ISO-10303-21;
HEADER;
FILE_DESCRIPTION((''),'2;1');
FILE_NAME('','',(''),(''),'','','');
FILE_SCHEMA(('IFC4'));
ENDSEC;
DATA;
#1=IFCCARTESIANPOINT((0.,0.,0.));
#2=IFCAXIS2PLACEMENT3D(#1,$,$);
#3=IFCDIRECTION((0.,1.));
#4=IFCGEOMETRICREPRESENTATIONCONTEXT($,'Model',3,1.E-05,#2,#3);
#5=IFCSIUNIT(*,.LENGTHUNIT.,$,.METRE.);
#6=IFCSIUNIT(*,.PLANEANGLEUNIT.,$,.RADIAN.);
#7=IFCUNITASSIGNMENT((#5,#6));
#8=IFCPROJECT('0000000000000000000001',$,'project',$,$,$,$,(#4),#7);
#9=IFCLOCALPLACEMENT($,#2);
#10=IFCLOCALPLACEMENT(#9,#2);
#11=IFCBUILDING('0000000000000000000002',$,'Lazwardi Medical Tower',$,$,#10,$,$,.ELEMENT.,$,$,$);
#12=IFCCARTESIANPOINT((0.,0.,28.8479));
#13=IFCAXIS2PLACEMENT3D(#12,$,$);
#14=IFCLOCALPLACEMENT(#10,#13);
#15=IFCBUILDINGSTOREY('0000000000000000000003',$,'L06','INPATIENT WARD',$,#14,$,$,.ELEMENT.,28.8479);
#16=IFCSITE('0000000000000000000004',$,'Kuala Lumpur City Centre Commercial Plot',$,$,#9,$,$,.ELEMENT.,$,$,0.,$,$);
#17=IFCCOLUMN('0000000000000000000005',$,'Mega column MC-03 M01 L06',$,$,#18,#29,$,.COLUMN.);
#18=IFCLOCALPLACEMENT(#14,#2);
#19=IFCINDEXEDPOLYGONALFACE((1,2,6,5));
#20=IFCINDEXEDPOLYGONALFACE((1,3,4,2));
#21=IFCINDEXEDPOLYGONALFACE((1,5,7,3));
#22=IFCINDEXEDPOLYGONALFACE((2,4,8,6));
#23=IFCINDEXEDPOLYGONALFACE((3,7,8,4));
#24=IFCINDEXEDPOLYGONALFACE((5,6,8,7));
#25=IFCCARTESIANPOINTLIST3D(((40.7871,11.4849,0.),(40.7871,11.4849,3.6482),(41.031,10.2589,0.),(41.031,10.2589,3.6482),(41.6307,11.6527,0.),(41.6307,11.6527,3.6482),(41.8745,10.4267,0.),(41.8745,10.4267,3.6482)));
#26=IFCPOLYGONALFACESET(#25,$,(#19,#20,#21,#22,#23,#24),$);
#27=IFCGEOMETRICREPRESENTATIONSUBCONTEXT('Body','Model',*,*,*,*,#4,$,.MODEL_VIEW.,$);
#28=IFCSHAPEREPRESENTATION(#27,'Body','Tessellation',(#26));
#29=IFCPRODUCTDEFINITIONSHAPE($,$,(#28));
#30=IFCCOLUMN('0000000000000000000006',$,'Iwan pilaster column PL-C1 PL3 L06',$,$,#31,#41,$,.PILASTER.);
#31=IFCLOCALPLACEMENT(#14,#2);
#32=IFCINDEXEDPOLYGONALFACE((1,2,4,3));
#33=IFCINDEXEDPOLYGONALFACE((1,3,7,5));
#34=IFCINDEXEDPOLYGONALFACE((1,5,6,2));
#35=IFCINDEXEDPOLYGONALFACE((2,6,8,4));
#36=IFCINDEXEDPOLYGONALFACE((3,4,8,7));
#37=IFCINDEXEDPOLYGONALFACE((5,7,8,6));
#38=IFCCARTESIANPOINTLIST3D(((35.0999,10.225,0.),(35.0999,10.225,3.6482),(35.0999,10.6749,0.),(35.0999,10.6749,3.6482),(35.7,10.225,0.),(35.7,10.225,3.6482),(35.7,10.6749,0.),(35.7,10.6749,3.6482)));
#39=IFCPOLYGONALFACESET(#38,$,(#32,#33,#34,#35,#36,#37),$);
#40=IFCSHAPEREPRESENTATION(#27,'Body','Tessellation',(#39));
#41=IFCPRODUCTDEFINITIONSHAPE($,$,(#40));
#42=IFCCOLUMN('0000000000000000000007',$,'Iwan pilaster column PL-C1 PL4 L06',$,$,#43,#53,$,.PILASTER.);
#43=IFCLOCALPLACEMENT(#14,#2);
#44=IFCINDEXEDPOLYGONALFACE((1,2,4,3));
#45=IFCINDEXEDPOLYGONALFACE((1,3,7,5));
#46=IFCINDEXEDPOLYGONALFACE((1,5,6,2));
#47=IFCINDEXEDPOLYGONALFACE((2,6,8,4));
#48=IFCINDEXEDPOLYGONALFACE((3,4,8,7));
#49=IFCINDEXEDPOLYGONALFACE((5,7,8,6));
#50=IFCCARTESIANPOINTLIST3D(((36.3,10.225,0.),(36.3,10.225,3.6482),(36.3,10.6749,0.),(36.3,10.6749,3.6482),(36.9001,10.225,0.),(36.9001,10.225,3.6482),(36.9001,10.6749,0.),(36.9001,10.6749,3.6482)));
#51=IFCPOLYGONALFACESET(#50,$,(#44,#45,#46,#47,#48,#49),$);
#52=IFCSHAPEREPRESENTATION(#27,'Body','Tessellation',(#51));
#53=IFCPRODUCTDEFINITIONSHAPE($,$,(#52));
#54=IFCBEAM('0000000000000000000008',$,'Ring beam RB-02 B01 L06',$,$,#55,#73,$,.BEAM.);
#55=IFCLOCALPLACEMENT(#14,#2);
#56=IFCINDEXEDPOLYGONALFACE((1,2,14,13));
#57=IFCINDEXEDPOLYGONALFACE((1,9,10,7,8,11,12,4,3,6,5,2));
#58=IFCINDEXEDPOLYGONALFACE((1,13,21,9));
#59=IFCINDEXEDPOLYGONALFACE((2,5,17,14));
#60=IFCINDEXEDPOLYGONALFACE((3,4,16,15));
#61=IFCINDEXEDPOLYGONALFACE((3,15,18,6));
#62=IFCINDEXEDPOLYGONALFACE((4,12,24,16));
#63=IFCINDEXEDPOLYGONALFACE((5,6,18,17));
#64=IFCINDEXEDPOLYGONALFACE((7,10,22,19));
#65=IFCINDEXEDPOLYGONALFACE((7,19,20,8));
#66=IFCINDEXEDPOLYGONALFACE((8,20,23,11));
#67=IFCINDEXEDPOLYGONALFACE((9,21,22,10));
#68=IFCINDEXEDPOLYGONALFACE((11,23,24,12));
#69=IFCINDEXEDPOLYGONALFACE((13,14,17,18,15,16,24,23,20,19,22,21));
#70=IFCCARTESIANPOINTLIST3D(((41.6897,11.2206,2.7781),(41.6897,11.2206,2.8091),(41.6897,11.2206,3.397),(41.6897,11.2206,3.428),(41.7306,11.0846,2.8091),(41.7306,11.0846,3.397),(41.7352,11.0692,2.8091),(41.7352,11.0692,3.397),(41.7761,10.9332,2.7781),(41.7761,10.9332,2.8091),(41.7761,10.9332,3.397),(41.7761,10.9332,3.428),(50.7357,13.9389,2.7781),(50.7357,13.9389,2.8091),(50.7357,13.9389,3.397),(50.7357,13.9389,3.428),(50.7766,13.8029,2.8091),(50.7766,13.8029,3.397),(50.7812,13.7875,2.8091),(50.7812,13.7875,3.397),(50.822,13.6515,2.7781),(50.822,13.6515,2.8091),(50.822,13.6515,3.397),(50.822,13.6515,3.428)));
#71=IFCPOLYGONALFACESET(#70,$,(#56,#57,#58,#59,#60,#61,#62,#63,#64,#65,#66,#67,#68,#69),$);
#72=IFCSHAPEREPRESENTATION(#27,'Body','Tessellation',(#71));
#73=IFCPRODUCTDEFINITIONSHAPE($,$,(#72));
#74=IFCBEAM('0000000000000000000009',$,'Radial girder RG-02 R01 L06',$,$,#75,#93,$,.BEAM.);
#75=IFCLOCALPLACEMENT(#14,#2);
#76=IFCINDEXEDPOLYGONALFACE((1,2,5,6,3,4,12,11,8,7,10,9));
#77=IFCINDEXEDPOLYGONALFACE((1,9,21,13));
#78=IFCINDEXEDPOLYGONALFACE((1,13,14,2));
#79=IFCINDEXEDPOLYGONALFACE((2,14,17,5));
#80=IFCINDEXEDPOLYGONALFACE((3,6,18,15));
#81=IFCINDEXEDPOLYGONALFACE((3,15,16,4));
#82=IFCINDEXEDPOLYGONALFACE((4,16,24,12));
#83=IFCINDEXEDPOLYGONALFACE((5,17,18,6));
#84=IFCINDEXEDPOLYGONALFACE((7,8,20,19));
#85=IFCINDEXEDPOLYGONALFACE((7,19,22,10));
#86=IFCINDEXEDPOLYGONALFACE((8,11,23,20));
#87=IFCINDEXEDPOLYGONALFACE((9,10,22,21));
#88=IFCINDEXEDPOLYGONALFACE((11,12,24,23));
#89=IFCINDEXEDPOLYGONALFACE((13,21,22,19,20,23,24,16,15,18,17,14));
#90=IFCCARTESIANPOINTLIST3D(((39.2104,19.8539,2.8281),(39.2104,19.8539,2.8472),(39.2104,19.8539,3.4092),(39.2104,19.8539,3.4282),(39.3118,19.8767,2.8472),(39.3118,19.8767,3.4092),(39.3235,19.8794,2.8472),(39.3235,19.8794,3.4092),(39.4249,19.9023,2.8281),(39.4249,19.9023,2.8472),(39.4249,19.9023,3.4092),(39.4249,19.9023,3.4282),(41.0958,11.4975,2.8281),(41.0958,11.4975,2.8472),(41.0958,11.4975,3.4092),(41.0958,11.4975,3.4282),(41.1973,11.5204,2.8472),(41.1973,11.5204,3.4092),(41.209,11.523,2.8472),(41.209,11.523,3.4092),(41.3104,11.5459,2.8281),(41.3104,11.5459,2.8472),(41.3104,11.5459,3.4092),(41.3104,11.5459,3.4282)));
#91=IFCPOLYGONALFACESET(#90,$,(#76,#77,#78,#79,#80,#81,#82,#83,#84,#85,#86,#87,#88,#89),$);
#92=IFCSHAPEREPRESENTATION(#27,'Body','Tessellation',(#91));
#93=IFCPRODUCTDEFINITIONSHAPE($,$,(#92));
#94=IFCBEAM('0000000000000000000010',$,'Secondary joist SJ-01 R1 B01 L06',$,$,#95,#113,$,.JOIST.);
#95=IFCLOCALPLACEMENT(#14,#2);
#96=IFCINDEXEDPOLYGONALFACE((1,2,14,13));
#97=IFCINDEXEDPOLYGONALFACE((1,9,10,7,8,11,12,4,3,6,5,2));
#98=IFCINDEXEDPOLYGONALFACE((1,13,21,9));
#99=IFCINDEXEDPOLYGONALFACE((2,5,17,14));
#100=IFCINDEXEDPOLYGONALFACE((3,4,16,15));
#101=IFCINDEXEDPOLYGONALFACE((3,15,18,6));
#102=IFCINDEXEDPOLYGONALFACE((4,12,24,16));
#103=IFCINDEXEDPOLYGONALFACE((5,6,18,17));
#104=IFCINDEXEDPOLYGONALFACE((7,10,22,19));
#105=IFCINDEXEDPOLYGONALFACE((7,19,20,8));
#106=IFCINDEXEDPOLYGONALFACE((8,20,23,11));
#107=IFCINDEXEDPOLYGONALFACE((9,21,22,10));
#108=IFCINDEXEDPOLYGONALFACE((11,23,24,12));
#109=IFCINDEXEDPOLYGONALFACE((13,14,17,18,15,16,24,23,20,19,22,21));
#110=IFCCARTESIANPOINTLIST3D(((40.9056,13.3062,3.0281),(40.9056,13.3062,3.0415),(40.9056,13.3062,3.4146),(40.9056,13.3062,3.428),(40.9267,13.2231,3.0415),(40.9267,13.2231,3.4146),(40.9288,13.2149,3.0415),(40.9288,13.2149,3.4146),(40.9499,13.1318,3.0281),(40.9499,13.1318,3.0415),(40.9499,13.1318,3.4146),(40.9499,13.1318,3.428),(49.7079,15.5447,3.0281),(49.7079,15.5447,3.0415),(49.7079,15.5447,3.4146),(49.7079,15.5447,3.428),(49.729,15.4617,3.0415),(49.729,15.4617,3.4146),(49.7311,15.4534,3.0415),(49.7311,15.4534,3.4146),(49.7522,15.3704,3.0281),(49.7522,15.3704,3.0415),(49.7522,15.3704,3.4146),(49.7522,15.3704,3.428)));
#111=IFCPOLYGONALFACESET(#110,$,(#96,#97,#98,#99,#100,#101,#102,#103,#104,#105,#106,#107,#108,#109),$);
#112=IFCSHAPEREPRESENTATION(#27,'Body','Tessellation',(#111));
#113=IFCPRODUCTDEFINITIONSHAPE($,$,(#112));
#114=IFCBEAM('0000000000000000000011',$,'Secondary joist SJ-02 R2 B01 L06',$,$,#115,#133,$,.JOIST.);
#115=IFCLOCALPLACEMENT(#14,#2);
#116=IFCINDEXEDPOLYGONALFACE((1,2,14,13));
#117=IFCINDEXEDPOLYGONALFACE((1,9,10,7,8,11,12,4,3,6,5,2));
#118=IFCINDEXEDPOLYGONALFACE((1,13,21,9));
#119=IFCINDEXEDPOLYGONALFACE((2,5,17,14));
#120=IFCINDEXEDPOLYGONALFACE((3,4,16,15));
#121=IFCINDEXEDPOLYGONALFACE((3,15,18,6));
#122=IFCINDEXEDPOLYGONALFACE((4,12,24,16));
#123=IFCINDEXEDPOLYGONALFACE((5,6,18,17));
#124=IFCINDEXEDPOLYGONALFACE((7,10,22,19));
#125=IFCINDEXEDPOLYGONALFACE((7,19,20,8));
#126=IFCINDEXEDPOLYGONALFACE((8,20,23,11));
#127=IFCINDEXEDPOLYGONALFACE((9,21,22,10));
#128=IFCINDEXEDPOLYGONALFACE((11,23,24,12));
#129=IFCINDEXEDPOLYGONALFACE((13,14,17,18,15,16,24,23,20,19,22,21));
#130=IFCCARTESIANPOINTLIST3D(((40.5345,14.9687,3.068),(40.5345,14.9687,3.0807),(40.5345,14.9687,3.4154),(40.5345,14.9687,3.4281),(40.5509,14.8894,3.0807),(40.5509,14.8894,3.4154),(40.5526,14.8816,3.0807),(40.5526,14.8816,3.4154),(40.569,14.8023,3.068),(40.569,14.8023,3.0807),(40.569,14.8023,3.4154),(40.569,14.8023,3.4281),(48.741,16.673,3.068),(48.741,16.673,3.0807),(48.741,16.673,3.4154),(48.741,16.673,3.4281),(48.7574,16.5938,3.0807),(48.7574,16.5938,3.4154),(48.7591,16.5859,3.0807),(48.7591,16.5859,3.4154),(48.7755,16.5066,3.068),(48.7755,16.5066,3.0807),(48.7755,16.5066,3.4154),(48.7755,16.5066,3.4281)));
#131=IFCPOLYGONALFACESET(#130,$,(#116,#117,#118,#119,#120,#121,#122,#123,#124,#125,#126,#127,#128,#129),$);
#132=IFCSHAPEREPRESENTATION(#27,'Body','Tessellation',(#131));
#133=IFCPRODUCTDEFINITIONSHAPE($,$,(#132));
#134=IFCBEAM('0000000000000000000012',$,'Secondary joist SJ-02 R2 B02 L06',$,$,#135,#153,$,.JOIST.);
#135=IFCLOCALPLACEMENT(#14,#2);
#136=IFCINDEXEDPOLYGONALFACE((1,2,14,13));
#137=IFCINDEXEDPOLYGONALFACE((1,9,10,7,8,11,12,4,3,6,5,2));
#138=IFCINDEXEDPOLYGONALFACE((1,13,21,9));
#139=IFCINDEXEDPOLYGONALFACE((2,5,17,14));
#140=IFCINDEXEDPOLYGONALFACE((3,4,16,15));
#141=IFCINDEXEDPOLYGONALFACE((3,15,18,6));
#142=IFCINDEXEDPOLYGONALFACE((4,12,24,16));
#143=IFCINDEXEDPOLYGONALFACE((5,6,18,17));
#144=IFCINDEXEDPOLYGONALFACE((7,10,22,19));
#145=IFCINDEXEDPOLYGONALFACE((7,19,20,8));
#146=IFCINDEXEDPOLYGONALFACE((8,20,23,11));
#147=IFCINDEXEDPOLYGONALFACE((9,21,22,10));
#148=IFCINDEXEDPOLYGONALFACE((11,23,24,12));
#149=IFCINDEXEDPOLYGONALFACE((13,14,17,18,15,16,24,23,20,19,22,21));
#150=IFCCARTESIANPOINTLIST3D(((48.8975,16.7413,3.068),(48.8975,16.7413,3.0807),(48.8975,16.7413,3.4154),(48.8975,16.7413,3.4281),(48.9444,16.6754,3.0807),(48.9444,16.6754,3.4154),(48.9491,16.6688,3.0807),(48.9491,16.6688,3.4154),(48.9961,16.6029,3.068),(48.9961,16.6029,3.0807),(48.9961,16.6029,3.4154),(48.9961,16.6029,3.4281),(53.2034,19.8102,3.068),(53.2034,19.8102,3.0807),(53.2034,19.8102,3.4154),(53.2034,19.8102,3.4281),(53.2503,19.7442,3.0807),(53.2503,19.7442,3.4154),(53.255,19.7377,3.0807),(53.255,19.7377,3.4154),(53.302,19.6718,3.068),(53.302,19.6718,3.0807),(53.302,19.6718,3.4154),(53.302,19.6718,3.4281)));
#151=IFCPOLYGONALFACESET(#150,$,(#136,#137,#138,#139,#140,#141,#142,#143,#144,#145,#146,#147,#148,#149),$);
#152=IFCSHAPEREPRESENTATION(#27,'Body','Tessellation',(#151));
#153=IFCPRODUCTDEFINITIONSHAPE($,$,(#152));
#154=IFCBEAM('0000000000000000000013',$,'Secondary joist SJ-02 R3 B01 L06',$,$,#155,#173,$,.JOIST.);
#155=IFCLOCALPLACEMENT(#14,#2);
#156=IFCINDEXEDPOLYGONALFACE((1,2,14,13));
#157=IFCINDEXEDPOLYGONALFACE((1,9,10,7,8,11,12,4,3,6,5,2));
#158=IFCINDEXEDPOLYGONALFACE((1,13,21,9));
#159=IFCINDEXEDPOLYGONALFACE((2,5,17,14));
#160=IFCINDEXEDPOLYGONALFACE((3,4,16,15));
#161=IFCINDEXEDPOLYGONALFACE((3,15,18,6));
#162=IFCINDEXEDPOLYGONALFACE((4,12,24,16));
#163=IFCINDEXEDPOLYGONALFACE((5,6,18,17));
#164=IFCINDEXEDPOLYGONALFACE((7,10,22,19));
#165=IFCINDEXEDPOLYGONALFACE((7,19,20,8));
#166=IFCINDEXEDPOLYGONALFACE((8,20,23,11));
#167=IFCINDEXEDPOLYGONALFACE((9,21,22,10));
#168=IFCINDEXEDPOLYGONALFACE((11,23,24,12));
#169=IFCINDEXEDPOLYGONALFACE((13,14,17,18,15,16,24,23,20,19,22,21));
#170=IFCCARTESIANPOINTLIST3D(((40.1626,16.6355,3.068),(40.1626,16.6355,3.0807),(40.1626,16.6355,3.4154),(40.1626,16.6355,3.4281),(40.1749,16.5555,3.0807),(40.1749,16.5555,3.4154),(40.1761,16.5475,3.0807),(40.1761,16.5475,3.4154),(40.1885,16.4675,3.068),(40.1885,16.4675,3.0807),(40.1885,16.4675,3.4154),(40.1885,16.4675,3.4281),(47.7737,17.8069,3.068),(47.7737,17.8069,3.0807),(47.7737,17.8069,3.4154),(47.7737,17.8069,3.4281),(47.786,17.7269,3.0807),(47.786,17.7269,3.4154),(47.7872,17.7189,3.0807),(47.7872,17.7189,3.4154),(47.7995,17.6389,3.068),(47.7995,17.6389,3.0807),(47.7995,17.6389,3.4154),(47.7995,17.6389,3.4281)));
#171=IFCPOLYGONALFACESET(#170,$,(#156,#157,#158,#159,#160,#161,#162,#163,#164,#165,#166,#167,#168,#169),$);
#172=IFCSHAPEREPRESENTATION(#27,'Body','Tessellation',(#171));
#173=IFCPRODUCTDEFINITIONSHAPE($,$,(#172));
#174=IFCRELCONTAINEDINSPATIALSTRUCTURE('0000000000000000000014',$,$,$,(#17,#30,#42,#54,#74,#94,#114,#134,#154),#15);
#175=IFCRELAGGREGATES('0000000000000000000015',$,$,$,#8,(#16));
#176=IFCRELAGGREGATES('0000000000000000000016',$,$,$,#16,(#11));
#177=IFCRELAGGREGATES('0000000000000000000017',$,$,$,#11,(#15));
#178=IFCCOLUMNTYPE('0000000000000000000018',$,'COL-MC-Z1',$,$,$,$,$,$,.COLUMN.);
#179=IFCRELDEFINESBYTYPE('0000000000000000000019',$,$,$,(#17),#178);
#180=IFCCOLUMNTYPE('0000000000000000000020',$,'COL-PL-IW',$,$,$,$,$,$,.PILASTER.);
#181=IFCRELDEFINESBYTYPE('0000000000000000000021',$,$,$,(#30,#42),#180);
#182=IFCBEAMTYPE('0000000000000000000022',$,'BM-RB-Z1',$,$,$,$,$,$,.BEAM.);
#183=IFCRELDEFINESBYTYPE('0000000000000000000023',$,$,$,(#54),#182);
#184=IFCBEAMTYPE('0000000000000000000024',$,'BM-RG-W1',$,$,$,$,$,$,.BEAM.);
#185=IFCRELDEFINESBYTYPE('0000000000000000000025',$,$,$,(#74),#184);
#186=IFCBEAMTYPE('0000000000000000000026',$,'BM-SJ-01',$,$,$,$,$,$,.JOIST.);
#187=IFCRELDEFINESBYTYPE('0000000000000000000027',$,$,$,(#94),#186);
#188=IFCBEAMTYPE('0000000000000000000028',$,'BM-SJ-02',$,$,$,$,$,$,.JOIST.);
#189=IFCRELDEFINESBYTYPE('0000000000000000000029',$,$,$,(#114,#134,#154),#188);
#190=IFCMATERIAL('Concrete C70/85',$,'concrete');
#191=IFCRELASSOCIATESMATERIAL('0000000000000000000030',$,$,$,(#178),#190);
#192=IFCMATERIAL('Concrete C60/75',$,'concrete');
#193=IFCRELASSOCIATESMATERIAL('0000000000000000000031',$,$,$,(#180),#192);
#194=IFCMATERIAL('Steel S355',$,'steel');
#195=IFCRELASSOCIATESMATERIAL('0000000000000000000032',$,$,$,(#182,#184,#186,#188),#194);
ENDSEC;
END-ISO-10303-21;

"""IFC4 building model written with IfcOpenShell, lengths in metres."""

from ifc_helpers import new_model, si_unit, direction, frame, origin, origin_2d, place, context, subcontext, project, spatial, rectangle, i_section, extrude, material, material_profile, profile_set, type_object, element, save


model = new_model("IFC4")

# Units and contexts
model_context = context("Model", 3, precision=1e-05, world=origin(), true_north=direction((0.0, 1.0)))
body_context = subcontext(model_context, "Body", "Model", "MODEL_VIEW")
ifc_project = project(units=[si_unit("LENGTHUNIT", "METRE"), si_unit("PLANEANGLEUNIT", "RADIAN")], contexts=[model_context])

# Site, building, storey
site_placement = place(None, origin())
site = spatial("IfcSite", under=ifc_project, at=site_placement, Name="Kuala Lumpur City Centre Commercial Plot", CompositionType="ELEMENT", RefElevation=0.0)
building_placement = place(site_placement, origin())
building = spatial("IfcBuilding", under=site, at=building_placement, Name="Lazwardi Medical Tower", CompositionType="ELEMENT")
storey_placement = place(building_placement, frame((0.0, 0.0, 28.8479)))
storey = spatial("IfcBuildingStorey", under=building, at=storey_placement, Name="L06", Description="INPATIENT WARD", CompositionType="ELEMENT", Elevation=28.8479)

# Columns
ifc_material_1 = material(Name="Concrete C70/85", Category="concrete")
ifc_material_profile_1 = material_profile(ifc_material_1, rectangle(XDim=1.25, YDim=0.8601, at=origin_2d()), Name="CFT-RECT 1250x860")
ifc_profile_set_1 = profile_set([ifc_material_profile_1], Name="Concrete C70/85")
column_type_1 = type_object("IfcColumnType", Name="COL-MC-Z1", PredefinedType="COLUMN", material=ifc_profile_set_1)
column_placement = place(storey_placement, frame((41.3308, 10.9558, 0.0), z_axis=(0.0, 0.0, 1.0), x_axis=(0.19509, -0.980785, 0.0)))
element("IfcColumn", 1, at=column_placement, inside=storey, type_object=column_type_1, Name="Mega column MC-03 M01 L06", PredefinedType="COLUMN", context=body_context, shape_type="SweptSolid", body=[
    extrude(rectangle(XDim=1.25, YDim=0.8601, at=origin_2d()), origin(), (0.0, 0.0, 1.0), 3.6482),
])
ifc_material_2 = material(Name="Concrete C60/75", Category="concrete")
ifc_material_profile_2 = material_profile(ifc_material_2, rectangle(XDim=0.6001, YDim=0.45, at=origin_2d()), Name="RC 600x450")
ifc_profile_set_2 = profile_set([ifc_material_profile_2], Name="Concrete C60/75")
column_type_2 = type_object("IfcColumnType", Name="COL-PL-IW", PredefinedType="PILASTER", material=ifc_profile_set_2)
for number, where, z_axis, x_axis, name in (
    (2, (35.3999, 10.45, 0.0), (0.0, 0.0, 1.0), (1.0, 0.0, 0.0), "Iwan pilaster column PL-C1 PL3 L06"),
    (3, (36.6001, 10.45, 0.0), (0.0, 0.0, 1.0), (1.0, 0.0, 0.0), "Iwan pilaster column PL-C1 PL4 L06"),
):
    element("IfcColumn", number, at=place(storey_placement, frame(where, z_axis=z_axis, x_axis=x_axis)), inside=storey, type_object=column_type_2, Name=name, PredefinedType="PILASTER", context=body_context, shape_type="SweptSolid", body=[
        extrude(rectangle(XDim=0.6001, YDim=0.45, at=origin_2d()), origin(), (0.0, 0.0, 1.0), 3.6482),
    ])

# Beams
ifc_material_3 = material(Name="Steel S355", Category="steel")
ifc_material_profile_3 = material_profile(ifc_material_3, i_section(OverallWidth=0.3, OverallDepth=0.6499, WebThickness=0.0161, FlangeThickness=0.031, at=origin_2d()), Name="HEB 650")
ifc_profile_set_3 = profile_set([ifc_material_profile_3], Name="Steel S355")
beam_type_1 = type_object("IfcBeamType", Name="BM-RB-Z1", PredefinedType="BEAM", material=ifc_profile_set_3)
beam_1_placement = place(storey_placement, frame((41.7329, 11.0769, 3.103), z_axis=(0.957695, 0.287784, 0.0), x_axis=(-0.287784, 0.957695, 0.0)))
element("IfcBeam", 4, at=beam_1_placement, inside=storey, type_object=beam_type_1, Name="Ring beam RB-02 B01 L06", PredefinedType="BEAM", context=body_context, shape_type="SweptSolid", body=[
    extrude(i_section(OverallWidth=0.3, OverallDepth=0.6499, WebThickness=0.0161, FlangeThickness=0.031, at=origin_2d()), origin(), (0.0, 0.0, 1.0), 9.4456),
])
ifc_material_profile_4 = material_profile(ifc_material_3, i_section(OverallWidth=0.22, OverallDepth=0.6001, WebThickness=0.012, FlangeThickness=0.019, at=origin_2d()), Name="IPE 600")
ifc_profile_set_4 = profile_set([ifc_material_profile_4], Name="Steel S355")
beam_type_2 = type_object("IfcBeamType", Name="BM-RG-W1", PredefinedType="BEAM", material=ifc_profile_set_4)
beam_2_placement = place(storey_placement, frame((41.2031, 11.5217, 3.1282), z_axis=(-0.220101, 0.975477, 0.0), x_axis=(-0.975477, -0.220101, 0.0)))
element("IfcBeam", 5, at=beam_2_placement, inside=storey, type_object=beam_type_2, Name="Radial girder RG-02 R01 L06", PredefinedType="BEAM", context=body_context, shape_type="SweptSolid", body=[
    extrude(i_section(OverallWidth=0.22, OverallDepth=0.6001, WebThickness=0.012, FlangeThickness=0.019, at=origin_2d()), origin(), (0.0, 0.0, 1.0), 8.5664),
])
ifc_material_profile_5 = material_profile(ifc_material_3, i_section(OverallWidth=0.1799, OverallDepth=0.3999, WebThickness=0.0085, FlangeThickness=0.0134, at=origin_2d()), Name="IPE 400")
ifc_profile_set_5 = profile_set([ifc_material_profile_5], Name="Steel S355")
beam_type_3 = type_object("IfcBeamType", Name="BM-SJ-01", PredefinedType="JOIST", material=ifc_profile_set_5)
beam_3_placement = place(storey_placement, frame((40.9277, 13.219, 3.228), z_axis=(0.969151, 0.246468, 0.0), x_axis=(-0.246468, 0.969151, 0.0)))
element("IfcBeam", 6, at=beam_3_placement, inside=storey, type_object=beam_type_3, Name="Secondary joist SJ-01 R1 B01 L06", PredefinedType="JOIST", context=body_context, shape_type="SweptSolid", body=[
    extrude(i_section(OverallWidth=0.1799, OverallDepth=0.3999, WebThickness=0.0085, FlangeThickness=0.0134, at=origin_2d()), origin(), (0.0, 0.0, 1.0), 9.0825),
])
ifc_material_profile_6 = material_profile(ifc_material_3, i_section(OverallWidth=0.1699, OverallDepth=0.3601, WebThickness=0.0081, FlangeThickness=0.0127, at=origin_2d()), Name="IPE 360")
ifc_profile_set_6 = profile_set([ifc_material_profile_6], Name="Steel S355")
beam_type_4 = type_object("IfcBeamType", Name="BM-SJ-02", PredefinedType="JOIST", material=ifc_profile_set_6)
beam_4_placement = place(storey_placement, frame((40.5518, 14.8855, 3.248), z_axis=(0.979108, 0.203342, 0.0), x_axis=(-0.203342, 0.979108, 0.0)))
element("IfcBeam", 7, at=beam_4_placement, inside=storey, type_object=beam_type_4, Name="Secondary joist SJ-02 R2 B01 L06", PredefinedType="JOIST", context=body_context, shape_type="SweptSolid", body=[
    extrude(i_section(OverallWidth=0.1699, OverallDepth=0.3601, WebThickness=0.0081, FlangeThickness=0.0127, at=origin_2d()), origin(), (0.0, 0.0, 1.0), 8.3816),
])
beam_5_placement = place(storey_placement, frame((48.9468, 16.6721, 3.248), z_axis=(0.814341, 0.580386, 0.0), x_axis=(-0.580386, 0.814341, 0.0)))
element("IfcBeam", 8, at=beam_5_placement, inside=storey, type_object=beam_type_4, Name="Secondary joist SJ-02 R2 B02 L06", PredefinedType="JOIST", context=body_context, shape_type="SweptSolid", body=[
    extrude(i_section(OverallWidth=0.1699, OverallDepth=0.3601, WebThickness=0.0081, FlangeThickness=0.0127, at=origin_2d()), origin(), (0.0, 0.0, 1.0), 5.2876),
])
beam_6_placement = place(storey_placement, frame((40.1755, 16.5515, 3.248), z_axis=(0.988363, 0.152114, 0.0), x_axis=(-0.152114, 0.988363, 0.0)))
element("IfcBeam", 9, at=beam_6_placement, inside=storey, type_object=beam_type_4, Name="Secondary joist SJ-02 R3 B01 L06", PredefinedType="JOIST", context=body_context, shape_type="SweptSolid", body=[
    extrude(i_section(OverallWidth=0.1699, OverallDepth=0.3601, WebThickness=0.0081, FlangeThickness=0.0127, at=origin_2d()), origin(), (0.0, 0.0, 1.0), 7.7007),
])

save(model, "model.ifc")
